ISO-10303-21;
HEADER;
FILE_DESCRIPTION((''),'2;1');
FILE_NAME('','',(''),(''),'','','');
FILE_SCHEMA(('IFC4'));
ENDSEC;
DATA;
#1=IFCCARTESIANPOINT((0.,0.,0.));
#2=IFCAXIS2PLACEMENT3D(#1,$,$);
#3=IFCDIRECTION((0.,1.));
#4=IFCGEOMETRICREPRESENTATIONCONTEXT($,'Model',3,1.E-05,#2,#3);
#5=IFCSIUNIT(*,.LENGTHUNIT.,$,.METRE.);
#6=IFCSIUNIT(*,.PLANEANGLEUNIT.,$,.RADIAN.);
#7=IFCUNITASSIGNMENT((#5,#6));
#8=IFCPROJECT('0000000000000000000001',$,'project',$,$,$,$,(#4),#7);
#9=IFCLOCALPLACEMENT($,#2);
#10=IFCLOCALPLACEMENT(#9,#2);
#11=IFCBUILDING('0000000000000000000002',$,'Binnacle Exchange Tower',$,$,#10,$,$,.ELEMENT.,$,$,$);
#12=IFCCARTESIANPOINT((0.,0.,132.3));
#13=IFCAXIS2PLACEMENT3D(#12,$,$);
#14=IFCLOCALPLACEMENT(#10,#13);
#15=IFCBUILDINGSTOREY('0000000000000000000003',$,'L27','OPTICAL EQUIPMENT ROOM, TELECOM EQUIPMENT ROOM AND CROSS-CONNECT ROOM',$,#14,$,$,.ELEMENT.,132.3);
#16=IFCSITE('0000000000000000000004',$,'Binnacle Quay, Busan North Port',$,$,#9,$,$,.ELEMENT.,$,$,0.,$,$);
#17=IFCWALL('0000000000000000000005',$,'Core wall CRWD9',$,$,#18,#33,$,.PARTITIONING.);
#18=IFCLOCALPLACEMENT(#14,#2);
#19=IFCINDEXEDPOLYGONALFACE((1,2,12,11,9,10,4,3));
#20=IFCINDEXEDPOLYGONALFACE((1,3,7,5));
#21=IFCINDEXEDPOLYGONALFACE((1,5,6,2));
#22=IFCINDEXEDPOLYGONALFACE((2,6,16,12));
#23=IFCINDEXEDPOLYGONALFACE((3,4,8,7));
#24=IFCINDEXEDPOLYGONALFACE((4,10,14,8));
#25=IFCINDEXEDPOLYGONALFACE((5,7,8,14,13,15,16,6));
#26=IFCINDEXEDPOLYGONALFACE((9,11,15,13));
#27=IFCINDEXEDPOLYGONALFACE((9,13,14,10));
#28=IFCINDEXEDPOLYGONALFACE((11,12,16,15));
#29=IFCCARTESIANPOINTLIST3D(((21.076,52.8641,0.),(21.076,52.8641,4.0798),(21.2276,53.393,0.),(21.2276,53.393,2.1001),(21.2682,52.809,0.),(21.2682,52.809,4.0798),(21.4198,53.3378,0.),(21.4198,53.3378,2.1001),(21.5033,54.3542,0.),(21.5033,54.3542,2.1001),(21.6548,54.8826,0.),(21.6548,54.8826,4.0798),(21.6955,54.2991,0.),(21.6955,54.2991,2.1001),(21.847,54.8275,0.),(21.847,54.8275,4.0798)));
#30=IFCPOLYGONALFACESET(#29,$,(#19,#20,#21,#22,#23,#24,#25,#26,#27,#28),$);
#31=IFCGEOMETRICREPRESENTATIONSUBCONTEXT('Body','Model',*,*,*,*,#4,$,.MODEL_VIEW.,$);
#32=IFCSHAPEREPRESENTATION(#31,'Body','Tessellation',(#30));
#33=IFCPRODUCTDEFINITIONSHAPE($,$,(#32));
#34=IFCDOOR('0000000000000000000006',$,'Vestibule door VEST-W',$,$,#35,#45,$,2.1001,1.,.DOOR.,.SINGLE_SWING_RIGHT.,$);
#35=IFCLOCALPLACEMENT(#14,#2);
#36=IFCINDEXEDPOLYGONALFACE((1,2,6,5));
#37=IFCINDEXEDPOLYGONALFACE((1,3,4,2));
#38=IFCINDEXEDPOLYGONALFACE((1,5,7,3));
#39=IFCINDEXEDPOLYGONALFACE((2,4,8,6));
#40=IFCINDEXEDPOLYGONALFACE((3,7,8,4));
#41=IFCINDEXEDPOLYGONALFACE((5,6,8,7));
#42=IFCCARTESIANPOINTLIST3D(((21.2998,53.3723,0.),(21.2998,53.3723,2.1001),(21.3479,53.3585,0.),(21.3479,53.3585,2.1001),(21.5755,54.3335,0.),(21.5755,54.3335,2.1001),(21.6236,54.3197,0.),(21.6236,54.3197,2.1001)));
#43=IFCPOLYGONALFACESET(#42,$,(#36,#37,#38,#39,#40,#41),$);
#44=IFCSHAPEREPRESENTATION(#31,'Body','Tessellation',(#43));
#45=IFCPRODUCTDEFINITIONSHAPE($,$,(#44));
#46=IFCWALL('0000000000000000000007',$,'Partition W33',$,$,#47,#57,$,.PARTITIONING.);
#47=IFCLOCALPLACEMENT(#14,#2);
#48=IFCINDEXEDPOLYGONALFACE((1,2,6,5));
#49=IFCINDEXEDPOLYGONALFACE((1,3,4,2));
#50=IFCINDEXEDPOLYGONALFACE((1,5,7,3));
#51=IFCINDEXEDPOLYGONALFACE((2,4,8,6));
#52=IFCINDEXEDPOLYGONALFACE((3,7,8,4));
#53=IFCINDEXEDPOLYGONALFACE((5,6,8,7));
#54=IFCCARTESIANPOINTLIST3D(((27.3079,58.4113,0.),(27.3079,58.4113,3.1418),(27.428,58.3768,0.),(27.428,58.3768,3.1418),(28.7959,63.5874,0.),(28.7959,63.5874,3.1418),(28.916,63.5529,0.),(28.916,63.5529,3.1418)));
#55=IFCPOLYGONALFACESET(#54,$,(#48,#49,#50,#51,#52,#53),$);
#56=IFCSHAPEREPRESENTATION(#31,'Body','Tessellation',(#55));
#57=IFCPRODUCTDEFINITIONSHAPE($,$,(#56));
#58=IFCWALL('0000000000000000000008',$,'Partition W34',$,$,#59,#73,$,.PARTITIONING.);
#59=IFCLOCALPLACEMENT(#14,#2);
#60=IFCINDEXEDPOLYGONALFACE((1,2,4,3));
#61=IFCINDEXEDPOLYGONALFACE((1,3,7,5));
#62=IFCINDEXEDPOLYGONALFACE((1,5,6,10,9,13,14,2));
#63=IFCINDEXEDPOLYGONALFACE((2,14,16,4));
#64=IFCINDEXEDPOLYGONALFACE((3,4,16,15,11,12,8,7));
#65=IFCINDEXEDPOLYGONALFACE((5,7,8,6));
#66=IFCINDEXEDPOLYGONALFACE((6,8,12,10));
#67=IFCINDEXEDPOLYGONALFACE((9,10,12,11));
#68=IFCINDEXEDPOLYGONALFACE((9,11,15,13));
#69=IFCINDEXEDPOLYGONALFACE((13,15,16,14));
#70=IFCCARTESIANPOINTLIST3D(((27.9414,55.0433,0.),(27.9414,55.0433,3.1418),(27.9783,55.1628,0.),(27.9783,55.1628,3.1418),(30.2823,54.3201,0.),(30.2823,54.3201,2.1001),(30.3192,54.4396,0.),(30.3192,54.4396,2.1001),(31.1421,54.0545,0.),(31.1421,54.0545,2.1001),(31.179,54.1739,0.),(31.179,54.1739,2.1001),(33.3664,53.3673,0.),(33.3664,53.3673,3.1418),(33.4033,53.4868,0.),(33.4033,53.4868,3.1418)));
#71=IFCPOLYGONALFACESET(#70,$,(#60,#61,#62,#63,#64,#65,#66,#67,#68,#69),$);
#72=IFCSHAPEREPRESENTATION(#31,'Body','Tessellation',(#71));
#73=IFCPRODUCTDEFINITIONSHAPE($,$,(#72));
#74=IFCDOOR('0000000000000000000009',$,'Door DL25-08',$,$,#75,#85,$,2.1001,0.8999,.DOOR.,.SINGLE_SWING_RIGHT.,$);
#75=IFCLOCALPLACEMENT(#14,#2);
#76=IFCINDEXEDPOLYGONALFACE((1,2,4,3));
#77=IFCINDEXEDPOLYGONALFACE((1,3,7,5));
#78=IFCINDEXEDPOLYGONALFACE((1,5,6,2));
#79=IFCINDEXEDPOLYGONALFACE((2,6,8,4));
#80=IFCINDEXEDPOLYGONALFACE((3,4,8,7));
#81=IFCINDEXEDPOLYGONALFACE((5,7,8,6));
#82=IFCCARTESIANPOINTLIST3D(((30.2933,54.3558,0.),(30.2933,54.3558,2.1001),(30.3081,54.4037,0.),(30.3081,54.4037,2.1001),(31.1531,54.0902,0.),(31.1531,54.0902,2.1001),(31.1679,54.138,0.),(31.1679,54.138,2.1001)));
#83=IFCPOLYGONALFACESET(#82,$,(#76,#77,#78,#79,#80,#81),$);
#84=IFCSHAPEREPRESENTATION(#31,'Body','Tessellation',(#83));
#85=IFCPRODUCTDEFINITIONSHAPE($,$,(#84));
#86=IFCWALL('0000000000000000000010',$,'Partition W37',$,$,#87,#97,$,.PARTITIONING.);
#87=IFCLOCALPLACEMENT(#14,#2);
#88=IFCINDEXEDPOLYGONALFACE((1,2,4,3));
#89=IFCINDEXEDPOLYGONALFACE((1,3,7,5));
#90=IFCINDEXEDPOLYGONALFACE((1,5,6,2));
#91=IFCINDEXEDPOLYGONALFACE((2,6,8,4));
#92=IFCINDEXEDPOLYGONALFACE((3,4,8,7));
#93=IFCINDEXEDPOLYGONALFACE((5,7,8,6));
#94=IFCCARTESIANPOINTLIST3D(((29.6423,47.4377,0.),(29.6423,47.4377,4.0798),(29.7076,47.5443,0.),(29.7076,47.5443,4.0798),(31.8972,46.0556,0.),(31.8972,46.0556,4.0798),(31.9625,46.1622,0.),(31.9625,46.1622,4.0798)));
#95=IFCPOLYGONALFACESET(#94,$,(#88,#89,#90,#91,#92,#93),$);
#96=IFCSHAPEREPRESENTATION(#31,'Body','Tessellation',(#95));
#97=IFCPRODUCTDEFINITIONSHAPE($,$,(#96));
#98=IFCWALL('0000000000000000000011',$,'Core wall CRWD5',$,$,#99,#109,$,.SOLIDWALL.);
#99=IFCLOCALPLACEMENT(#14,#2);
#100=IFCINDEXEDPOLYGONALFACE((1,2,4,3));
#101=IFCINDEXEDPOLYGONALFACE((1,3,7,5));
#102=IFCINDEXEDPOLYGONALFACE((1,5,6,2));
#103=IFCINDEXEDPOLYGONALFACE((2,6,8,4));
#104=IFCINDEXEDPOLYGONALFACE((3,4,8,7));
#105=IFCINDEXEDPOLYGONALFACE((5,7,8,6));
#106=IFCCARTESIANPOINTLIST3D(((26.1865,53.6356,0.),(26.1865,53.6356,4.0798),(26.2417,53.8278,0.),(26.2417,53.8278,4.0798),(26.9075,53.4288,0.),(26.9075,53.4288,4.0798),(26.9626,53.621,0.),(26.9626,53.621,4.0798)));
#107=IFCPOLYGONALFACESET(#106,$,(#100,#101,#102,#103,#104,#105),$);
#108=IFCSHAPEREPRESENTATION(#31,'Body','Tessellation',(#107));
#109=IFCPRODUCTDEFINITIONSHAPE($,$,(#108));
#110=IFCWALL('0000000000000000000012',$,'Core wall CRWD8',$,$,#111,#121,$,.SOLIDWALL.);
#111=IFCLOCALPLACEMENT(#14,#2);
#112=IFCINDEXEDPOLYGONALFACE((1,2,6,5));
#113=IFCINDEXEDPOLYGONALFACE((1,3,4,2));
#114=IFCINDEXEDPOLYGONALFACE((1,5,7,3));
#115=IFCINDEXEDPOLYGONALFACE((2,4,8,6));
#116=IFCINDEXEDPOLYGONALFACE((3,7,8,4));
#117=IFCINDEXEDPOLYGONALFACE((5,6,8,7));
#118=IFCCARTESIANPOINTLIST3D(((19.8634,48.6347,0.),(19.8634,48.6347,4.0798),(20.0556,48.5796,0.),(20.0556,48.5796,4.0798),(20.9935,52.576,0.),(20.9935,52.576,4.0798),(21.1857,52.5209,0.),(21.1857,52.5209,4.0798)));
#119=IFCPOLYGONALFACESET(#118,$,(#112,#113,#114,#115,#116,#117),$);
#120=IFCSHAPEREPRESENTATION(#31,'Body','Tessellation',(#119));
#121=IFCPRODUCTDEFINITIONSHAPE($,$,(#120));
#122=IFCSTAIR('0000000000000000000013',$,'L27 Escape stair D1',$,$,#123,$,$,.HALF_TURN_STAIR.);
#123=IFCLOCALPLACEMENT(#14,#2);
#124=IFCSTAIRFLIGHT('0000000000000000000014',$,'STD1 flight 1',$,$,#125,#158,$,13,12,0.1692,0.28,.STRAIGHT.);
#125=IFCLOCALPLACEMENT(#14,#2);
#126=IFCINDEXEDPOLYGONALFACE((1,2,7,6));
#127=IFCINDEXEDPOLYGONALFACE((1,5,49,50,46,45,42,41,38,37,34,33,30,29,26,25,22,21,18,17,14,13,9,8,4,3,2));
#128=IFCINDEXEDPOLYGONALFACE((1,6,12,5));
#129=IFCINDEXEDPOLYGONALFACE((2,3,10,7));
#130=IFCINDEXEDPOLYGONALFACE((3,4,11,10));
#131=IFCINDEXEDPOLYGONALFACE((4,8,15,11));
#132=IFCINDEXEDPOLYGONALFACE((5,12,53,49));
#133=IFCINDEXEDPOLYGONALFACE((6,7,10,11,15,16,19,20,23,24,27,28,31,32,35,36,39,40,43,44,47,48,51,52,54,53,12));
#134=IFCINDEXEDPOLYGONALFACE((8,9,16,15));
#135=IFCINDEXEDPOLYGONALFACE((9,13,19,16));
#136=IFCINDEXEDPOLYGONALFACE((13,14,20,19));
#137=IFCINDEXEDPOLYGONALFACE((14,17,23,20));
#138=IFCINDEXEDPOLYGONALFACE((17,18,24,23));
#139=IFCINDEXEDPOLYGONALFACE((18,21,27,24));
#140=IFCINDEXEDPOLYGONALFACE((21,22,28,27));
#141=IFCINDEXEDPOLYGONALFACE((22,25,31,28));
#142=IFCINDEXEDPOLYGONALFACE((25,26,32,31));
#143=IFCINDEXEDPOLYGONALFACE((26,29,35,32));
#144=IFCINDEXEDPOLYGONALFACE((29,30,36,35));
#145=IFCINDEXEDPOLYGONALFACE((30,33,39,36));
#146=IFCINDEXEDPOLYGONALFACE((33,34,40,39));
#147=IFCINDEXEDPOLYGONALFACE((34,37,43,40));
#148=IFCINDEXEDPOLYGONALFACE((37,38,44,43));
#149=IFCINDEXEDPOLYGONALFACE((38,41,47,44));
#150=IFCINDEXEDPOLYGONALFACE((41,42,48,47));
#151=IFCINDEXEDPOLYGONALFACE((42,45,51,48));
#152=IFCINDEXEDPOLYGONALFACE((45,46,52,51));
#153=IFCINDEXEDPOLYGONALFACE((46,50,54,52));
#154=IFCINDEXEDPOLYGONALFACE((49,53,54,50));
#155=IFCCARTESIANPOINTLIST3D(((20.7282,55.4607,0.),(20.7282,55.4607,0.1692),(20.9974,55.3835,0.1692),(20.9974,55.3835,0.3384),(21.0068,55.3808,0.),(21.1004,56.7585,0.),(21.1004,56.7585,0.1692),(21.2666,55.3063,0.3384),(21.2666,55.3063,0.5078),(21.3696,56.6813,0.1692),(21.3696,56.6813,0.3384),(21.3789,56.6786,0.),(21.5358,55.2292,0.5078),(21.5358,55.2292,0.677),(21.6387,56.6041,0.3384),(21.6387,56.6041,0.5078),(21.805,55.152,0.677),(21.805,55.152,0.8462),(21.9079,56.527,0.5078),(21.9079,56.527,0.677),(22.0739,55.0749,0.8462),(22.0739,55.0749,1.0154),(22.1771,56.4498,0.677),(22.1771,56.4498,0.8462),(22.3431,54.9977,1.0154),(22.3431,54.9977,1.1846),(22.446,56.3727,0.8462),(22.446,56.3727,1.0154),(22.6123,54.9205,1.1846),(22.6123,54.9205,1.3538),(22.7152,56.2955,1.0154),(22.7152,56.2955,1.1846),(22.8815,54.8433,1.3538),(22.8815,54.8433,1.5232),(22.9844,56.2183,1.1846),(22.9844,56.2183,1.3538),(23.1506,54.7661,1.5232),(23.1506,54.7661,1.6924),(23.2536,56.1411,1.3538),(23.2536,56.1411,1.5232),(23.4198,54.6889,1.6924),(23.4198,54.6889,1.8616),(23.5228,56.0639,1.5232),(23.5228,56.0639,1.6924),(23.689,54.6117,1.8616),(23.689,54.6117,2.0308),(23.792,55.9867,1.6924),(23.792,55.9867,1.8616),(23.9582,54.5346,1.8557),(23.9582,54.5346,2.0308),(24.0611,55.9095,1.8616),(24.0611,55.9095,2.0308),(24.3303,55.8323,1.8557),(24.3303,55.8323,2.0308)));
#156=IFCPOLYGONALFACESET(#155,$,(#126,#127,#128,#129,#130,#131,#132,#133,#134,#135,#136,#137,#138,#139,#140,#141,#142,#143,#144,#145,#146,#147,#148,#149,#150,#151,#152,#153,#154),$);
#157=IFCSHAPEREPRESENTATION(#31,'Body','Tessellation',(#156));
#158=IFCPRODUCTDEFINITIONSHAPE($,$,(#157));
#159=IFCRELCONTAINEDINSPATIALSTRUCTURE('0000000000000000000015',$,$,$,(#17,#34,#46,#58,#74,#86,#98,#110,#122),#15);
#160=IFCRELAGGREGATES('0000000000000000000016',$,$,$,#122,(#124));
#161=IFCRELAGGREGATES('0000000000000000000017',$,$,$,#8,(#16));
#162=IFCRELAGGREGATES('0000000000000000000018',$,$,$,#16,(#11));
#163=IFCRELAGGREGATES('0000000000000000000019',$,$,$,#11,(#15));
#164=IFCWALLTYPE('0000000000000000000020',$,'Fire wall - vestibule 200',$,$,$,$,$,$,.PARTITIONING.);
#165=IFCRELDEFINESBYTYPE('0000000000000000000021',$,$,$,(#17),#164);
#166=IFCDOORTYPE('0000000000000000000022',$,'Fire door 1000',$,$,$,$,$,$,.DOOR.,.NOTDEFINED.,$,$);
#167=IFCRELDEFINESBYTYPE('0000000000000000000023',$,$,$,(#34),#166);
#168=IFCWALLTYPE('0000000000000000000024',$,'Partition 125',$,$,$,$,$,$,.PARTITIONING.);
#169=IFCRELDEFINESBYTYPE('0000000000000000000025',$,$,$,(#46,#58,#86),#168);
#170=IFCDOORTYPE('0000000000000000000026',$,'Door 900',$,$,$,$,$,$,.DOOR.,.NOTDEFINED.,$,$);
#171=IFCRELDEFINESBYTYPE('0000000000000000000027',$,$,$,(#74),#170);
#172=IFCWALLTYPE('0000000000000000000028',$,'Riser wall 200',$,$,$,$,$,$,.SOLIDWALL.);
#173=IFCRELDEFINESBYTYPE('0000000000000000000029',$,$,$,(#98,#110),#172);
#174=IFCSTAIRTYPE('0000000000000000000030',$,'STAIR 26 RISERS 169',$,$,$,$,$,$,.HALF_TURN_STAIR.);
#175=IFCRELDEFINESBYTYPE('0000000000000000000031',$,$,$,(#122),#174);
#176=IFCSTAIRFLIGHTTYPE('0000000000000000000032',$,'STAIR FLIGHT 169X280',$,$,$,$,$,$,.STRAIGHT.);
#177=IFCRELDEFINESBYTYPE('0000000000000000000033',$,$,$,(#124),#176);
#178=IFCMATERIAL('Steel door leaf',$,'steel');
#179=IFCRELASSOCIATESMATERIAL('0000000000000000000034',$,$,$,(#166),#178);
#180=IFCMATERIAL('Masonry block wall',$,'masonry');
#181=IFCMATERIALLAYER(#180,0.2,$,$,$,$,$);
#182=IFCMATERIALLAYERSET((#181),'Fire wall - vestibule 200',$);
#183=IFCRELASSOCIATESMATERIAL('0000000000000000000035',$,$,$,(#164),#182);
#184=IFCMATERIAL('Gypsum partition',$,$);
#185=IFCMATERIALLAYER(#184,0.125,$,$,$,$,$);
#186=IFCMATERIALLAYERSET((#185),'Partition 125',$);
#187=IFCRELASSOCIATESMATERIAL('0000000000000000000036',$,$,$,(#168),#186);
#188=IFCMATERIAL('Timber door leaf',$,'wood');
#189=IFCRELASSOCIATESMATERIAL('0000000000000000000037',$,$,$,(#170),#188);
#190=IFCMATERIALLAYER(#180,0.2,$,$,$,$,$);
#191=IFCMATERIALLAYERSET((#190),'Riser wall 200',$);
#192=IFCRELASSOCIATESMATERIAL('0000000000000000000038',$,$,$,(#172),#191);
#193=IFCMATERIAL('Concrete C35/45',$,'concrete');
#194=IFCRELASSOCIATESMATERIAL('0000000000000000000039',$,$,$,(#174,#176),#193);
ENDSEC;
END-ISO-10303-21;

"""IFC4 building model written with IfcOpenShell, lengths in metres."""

from ifc_helpers import new_model, si_unit, direction, frame, frame_2d, origin, place, context, subcontext, project, spatial, polyline, rectangle, outline, extrude, material, layer, layer_set, type_object, element, fill, aggregate, save


model = new_model("IFC4")

# Units and contexts
model_context = context("Model", 3, precision=1e-05, world=origin(), true_north=direction((0.0, 1.0)))
body_context = subcontext(model_context, "Body", "Model", "MODEL_VIEW")
ifc_project = project(units=[si_unit("LENGTHUNIT", "METRE"), si_unit("PLANEANGLEUNIT", "RADIAN")], contexts=[model_context])

# Site, building, storey
site_placement = place(None, origin())
site = spatial("IfcSite", under=ifc_project, at=site_placement, Name="Binnacle Quay, Busan North Port", CompositionType="ELEMENT", RefElevation=0.0)
building_placement = place(site_placement, origin())
building = spatial("IfcBuilding", under=site, at=building_placement, Name="Binnacle Exchange Tower", CompositionType="ELEMENT")
storey_placement = place(building_placement, frame((0.0, 0.0, 132.3)))
storey = spatial("IfcBuildingStorey", under=building, at=storey_placement, Name="L27", Description="OPTICAL EQUIPMENT ROOM, TELECOM EQUIPMENT ROOM AND CROSS-CONNECT ROOM", CompositionType="ELEMENT", Elevation=132.3)

# Shared definitions
ifc_material_1 = material(Name="Steel door leaf", Category="steel")

# Shared definitions
door_type_1 = type_object("IfcDoorType", Name="Fire door 1000", OperationType="NOTDEFINED", PredefinedType="DOOR", material=ifc_material_1)

# Wall, opening, door
ifc_material_2 = material(Name="Masonry block wall", Category="masonry")
ifc_layer_1 = layer(ifc_material_2, 0.2)
ifc_layer_set_1 = layer_set([ifc_layer_1], Name="Fire wall - vestibule 200")
wall_type_1 = type_object("IfcWallType", Name="Fire wall - vestibule 200", PredefinedType="PARTITIONING", material=ifc_layer_set_1)
wall_1_placement = place(storey_placement, frame((21.1721, 52.8367, 0.0), z_axis=(0.0, 0.0, 1.0), x_axis=(0.275658, 0.961256, 0.0)))
wall_1 = element("IfcWall", 1, at=wall_1_placement, inside=storey, type_object=wall_type_1, Name="Core wall CRWD9", PredefinedType="PARTITIONING", context=body_context, shape_type="SweptSolid", body=[
    extrude(rectangle(XDim=2.0999, YDim=0.2, at=frame_2d((1.0498, 0.0))), origin(), (0.0, 0.0, 1.0), 4.0798),
])
opening_1_placement = place(wall_1_placement, frame((0.55, 0.0, 0.0)))
opening_1 = element("IfcOpeningElement", 2, at=opening_1_placement, cuts=wall_1, PredefinedType="OPENING", context=body_context, shape_type="SweptSolid", body=[
    extrude(rectangle(XDim=1.0, YDim=2.1001, at=frame_2d((0.5, 1.05))), frame((0.0, 0.1099, 0.0), z_axis=(0.0, -1.0, 0.0), x_axis=(1.0, 0.0, 0.0)), (0.0, 0.0, 1.0), 0.22),
])
door_1_placement = place(opening_1_placement, origin())
door_1 = element("IfcDoor", 3, at=door_1_placement, inside=storey, type_object=door_type_1, Name="Vestibule door VEST-W", OperationType="SINGLE_SWING_RIGHT", OverallHeight=2.1001, OverallWidth=1.0, PredefinedType="DOOR", context=body_context, shape_type="SweptSolid", body=[
    extrude(rectangle(XDim=1.0, YDim=2.1001, at=frame_2d((0.5, 1.05))), frame((0.0, 0.0249, 0.0), z_axis=(0.0, -1.0, 0.0), x_axis=(1.0, 0.0, 0.0)), (0.0, 0.0, 1.0), 0.05),
])
fill(opening_1, door_1)

# Wall
ifc_material_3 = material(Name="Gypsum partition")
ifc_layer_2 = layer(ifc_material_3, 0.125)
ifc_layer_set_2 = layer_set([ifc_layer_2], Name="Partition 125")
wall_type_2 = type_object("IfcWallType", Name="Partition 125", PredefinedType="PARTITIONING", material=ifc_layer_set_2)
wall_2_placement = place(storey_placement, frame((27.3679, 58.394, 0.0), z_axis=(0.0, 0.0, 1.0), x_axis=(0.276295, 0.961073, 0.0)))
element("IfcWall", 4, at=wall_2_placement, inside=storey, type_object=wall_type_2, Name="Partition W33", PredefinedType="PARTITIONING", context=body_context, shape_type="SweptSolid", body=[
    extrude(rectangle(XDim=5.3857, YDim=0.125, at=frame_2d((2.6929, 0.0))), origin(), (0.0, 0.0, 1.0), 3.1418),
])

# Wall, opening, door
wall_3_placement = place(storey_placement, frame((27.96, 55.103, 0.0), z_axis=(0.0, 0.0, 1.0), x_axis=(0.955443, -0.295176, 0.0)))
wall_3 = element("IfcWall", 5, at=wall_3_placement, inside=storey, type_object=wall_type_2, Name="Partition W34", PredefinedType="PARTITIONING", context=body_context, shape_type="SweptSolid", body=[
    extrude(rectangle(XDim=5.678, YDim=0.125, at=frame_2d((2.8389, 0.0))), origin(), (0.0, 0.0, 1.0), 3.1418),
])
opening_2_placement = place(wall_3_placement, frame((2.45, 0.0, 0.0)))
opening_2 = element("IfcOpeningElement", 6, at=opening_2_placement, cuts=wall_3, PredefinedType="OPENING", context=body_context, shape_type="SweptSolid", body=[
    extrude(rectangle(XDim=0.8999, YDim=2.1001, at=frame_2d((0.45, 1.05))), frame((0.0, 0.0725, 0.0), z_axis=(0.0, -1.0, 0.0), x_axis=(1.0, 0.0, 0.0)), (0.0, 0.0, 1.0), 0.145),
])
ifc_material_4 = material(Name="Timber door leaf", Category="wood")
door_type_2 = type_object("IfcDoorType", Name="Door 900", OperationType="NOTDEFINED", PredefinedType="DOOR", material=ifc_material_4)
door_2_placement = place(opening_2_placement, origin())
door_2 = element("IfcDoor", 7, at=door_2_placement, inside=storey, type_object=door_type_2, Name="Door DL25-08", OperationType="SINGLE_SWING_RIGHT", OverallHeight=2.1001, OverallWidth=0.8999, PredefinedType="DOOR", context=body_context, shape_type="SweptSolid", body=[
    extrude(rectangle(XDim=0.8999, YDim=2.1001, at=frame_2d((0.45, 1.05))), frame((0.0, 0.0249, 0.0), z_axis=(0.0, -1.0, 0.0), x_axis=(1.0, 0.0, 0.0)), (0.0, 0.0, 1.0), 0.05),
])
fill(opening_2, door_2)

# Walls
wall_4_placement = place(storey_placement, frame((29.675, 47.491, 0.0), z_axis=(0.0, 0.0, 1.0), x_axis=(0.852592, -0.522577, 0.0)))
element("IfcWall", 8, at=wall_4_placement, inside=storey, type_object=wall_type_2, Name="Partition W37", PredefinedType="PARTITIONING", context=body_context, shape_type="SweptSolid", body=[
    extrude(rectangle(XDim=2.6448, YDim=0.125, at=frame_2d((1.3223, 0.0))), origin(), (0.0, 0.0, 1.0), 4.0798),
])
ifc_layer_3 = layer(ifc_material_2, 0.2)
ifc_layer_set_3 = layer_set([ifc_layer_3], Name="Riser wall 200")
wall_type_3 = type_object("IfcWallType", Name="Riser wall 200", PredefinedType="SOLIDWALL", material=ifc_layer_set_3)
wall_5_placement = place(storey_placement, frame((26.2141, 53.7317, 0.0), z_axis=(0.0, 0.0, 1.0), x_axis=(0.961241, -0.27571, 0.0)))
element("IfcWall", 9, at=wall_5_placement, inside=storey, type_object=wall_type_3, Name="Core wall CRWD5", PredefinedType="SOLIDWALL", context=body_context, shape_type="SweptSolid", body=[
    extrude(rectangle(XDim=0.75, YDim=0.2, at=frame_2d((0.375, 0.0))), origin(), (0.0, 0.0, 1.0), 4.0798),
])
wall_6_placement = place(storey_placement, frame((19.9595, 48.6072, 0.0), z_axis=(0.0, 0.0, 1.0), x_axis=(0.275641, 0.961261, 0.0)))
element("IfcWall", 10, at=wall_6_placement, inside=storey, type_object=wall_type_3, Name="Core wall CRWD8", PredefinedType="SOLIDWALL", context=body_context, shape_type="SweptSolid", body=[
    extrude(rectangle(XDim=4.1001, YDim=0.2, at=frame_2d((2.05, 0.0))), origin(), (0.0, 0.0, 1.0), 4.0798),
])

# Stair, stair flight
ifc_material_5 = material(Name="Concrete C35/45", Category="concrete")
stair_type = type_object("IfcStairType", Name="STAIR 26 RISERS 169", PredefinedType="HALF_TURN_STAIR", material=ifc_material_5)
stair_placement = place(storey_placement, origin())
stair = element("IfcStair", 11, at=stair_placement, inside=storey, type_object=stair_type, Name="L27 Escape stair D1", PredefinedType="HALF_TURN_STAIR")
stair_flight_type = type_object("IfcStairFlightType", Name="STAIR FLIGHT 169X280", PredefinedType="STRAIGHT", material=ifc_material_5)
stair_flight_1_placement = place(storey_placement, frame((20.9143, 56.1096, 0.0), z_axis=(0.0, 0.0, 1.0), x_axis=(0.961262, -0.275637, 0.0)))
stair_flight_1 = element("IfcStairFlight", 12, at=stair_flight_1_placement, type_object=stair_flight_type, Name="STD1 flight 1", NumberOfRisers=13, NumberOfTreads=12, PredefinedType="STRAIGHT", RiserHeight=0.1692, TreadLength=0.28, context=body_context, shape_type="SweptSolid", body=[
    extrude(outline(polyline([(0.0, 0.0), (0.0, 0.1692), (0.28, 0.1692), (0.28, 0.3384), (0.5601, 0.3384), (0.5601, 0.5078), (0.8401, 0.5078), (0.8401, 0.677), (1.1201, 0.677), (1.1201, 0.8462), (1.3999, 0.8462), (1.3999, 1.0154), (1.6799, 1.0154), (1.6799, 1.1846), (1.96, 1.1846), (1.96, 1.3538), (2.24, 1.3538), (2.24, 1.5232), (2.52, 1.5232), (2.52, 1.6924), (2.8, 1.6924), (2.8, 1.8616), (3.0801, 1.8616), (3.0801, 2.0308), (3.3601, 2.0308), (3.3601, 2.2), (3.3601, 1.8557), (0.2898, 0.0), (0.0, 0.0)])), frame((0.0, 0.675, 0.0), z_axis=(0.0, -1.0, 0.0), x_axis=(1.0, 0.0, 0.0)), (0.0, 0.0, 1.0), 1.3501),
])
aggregate(stair, [stair_flight_1])

save(model, "model.ifc")
